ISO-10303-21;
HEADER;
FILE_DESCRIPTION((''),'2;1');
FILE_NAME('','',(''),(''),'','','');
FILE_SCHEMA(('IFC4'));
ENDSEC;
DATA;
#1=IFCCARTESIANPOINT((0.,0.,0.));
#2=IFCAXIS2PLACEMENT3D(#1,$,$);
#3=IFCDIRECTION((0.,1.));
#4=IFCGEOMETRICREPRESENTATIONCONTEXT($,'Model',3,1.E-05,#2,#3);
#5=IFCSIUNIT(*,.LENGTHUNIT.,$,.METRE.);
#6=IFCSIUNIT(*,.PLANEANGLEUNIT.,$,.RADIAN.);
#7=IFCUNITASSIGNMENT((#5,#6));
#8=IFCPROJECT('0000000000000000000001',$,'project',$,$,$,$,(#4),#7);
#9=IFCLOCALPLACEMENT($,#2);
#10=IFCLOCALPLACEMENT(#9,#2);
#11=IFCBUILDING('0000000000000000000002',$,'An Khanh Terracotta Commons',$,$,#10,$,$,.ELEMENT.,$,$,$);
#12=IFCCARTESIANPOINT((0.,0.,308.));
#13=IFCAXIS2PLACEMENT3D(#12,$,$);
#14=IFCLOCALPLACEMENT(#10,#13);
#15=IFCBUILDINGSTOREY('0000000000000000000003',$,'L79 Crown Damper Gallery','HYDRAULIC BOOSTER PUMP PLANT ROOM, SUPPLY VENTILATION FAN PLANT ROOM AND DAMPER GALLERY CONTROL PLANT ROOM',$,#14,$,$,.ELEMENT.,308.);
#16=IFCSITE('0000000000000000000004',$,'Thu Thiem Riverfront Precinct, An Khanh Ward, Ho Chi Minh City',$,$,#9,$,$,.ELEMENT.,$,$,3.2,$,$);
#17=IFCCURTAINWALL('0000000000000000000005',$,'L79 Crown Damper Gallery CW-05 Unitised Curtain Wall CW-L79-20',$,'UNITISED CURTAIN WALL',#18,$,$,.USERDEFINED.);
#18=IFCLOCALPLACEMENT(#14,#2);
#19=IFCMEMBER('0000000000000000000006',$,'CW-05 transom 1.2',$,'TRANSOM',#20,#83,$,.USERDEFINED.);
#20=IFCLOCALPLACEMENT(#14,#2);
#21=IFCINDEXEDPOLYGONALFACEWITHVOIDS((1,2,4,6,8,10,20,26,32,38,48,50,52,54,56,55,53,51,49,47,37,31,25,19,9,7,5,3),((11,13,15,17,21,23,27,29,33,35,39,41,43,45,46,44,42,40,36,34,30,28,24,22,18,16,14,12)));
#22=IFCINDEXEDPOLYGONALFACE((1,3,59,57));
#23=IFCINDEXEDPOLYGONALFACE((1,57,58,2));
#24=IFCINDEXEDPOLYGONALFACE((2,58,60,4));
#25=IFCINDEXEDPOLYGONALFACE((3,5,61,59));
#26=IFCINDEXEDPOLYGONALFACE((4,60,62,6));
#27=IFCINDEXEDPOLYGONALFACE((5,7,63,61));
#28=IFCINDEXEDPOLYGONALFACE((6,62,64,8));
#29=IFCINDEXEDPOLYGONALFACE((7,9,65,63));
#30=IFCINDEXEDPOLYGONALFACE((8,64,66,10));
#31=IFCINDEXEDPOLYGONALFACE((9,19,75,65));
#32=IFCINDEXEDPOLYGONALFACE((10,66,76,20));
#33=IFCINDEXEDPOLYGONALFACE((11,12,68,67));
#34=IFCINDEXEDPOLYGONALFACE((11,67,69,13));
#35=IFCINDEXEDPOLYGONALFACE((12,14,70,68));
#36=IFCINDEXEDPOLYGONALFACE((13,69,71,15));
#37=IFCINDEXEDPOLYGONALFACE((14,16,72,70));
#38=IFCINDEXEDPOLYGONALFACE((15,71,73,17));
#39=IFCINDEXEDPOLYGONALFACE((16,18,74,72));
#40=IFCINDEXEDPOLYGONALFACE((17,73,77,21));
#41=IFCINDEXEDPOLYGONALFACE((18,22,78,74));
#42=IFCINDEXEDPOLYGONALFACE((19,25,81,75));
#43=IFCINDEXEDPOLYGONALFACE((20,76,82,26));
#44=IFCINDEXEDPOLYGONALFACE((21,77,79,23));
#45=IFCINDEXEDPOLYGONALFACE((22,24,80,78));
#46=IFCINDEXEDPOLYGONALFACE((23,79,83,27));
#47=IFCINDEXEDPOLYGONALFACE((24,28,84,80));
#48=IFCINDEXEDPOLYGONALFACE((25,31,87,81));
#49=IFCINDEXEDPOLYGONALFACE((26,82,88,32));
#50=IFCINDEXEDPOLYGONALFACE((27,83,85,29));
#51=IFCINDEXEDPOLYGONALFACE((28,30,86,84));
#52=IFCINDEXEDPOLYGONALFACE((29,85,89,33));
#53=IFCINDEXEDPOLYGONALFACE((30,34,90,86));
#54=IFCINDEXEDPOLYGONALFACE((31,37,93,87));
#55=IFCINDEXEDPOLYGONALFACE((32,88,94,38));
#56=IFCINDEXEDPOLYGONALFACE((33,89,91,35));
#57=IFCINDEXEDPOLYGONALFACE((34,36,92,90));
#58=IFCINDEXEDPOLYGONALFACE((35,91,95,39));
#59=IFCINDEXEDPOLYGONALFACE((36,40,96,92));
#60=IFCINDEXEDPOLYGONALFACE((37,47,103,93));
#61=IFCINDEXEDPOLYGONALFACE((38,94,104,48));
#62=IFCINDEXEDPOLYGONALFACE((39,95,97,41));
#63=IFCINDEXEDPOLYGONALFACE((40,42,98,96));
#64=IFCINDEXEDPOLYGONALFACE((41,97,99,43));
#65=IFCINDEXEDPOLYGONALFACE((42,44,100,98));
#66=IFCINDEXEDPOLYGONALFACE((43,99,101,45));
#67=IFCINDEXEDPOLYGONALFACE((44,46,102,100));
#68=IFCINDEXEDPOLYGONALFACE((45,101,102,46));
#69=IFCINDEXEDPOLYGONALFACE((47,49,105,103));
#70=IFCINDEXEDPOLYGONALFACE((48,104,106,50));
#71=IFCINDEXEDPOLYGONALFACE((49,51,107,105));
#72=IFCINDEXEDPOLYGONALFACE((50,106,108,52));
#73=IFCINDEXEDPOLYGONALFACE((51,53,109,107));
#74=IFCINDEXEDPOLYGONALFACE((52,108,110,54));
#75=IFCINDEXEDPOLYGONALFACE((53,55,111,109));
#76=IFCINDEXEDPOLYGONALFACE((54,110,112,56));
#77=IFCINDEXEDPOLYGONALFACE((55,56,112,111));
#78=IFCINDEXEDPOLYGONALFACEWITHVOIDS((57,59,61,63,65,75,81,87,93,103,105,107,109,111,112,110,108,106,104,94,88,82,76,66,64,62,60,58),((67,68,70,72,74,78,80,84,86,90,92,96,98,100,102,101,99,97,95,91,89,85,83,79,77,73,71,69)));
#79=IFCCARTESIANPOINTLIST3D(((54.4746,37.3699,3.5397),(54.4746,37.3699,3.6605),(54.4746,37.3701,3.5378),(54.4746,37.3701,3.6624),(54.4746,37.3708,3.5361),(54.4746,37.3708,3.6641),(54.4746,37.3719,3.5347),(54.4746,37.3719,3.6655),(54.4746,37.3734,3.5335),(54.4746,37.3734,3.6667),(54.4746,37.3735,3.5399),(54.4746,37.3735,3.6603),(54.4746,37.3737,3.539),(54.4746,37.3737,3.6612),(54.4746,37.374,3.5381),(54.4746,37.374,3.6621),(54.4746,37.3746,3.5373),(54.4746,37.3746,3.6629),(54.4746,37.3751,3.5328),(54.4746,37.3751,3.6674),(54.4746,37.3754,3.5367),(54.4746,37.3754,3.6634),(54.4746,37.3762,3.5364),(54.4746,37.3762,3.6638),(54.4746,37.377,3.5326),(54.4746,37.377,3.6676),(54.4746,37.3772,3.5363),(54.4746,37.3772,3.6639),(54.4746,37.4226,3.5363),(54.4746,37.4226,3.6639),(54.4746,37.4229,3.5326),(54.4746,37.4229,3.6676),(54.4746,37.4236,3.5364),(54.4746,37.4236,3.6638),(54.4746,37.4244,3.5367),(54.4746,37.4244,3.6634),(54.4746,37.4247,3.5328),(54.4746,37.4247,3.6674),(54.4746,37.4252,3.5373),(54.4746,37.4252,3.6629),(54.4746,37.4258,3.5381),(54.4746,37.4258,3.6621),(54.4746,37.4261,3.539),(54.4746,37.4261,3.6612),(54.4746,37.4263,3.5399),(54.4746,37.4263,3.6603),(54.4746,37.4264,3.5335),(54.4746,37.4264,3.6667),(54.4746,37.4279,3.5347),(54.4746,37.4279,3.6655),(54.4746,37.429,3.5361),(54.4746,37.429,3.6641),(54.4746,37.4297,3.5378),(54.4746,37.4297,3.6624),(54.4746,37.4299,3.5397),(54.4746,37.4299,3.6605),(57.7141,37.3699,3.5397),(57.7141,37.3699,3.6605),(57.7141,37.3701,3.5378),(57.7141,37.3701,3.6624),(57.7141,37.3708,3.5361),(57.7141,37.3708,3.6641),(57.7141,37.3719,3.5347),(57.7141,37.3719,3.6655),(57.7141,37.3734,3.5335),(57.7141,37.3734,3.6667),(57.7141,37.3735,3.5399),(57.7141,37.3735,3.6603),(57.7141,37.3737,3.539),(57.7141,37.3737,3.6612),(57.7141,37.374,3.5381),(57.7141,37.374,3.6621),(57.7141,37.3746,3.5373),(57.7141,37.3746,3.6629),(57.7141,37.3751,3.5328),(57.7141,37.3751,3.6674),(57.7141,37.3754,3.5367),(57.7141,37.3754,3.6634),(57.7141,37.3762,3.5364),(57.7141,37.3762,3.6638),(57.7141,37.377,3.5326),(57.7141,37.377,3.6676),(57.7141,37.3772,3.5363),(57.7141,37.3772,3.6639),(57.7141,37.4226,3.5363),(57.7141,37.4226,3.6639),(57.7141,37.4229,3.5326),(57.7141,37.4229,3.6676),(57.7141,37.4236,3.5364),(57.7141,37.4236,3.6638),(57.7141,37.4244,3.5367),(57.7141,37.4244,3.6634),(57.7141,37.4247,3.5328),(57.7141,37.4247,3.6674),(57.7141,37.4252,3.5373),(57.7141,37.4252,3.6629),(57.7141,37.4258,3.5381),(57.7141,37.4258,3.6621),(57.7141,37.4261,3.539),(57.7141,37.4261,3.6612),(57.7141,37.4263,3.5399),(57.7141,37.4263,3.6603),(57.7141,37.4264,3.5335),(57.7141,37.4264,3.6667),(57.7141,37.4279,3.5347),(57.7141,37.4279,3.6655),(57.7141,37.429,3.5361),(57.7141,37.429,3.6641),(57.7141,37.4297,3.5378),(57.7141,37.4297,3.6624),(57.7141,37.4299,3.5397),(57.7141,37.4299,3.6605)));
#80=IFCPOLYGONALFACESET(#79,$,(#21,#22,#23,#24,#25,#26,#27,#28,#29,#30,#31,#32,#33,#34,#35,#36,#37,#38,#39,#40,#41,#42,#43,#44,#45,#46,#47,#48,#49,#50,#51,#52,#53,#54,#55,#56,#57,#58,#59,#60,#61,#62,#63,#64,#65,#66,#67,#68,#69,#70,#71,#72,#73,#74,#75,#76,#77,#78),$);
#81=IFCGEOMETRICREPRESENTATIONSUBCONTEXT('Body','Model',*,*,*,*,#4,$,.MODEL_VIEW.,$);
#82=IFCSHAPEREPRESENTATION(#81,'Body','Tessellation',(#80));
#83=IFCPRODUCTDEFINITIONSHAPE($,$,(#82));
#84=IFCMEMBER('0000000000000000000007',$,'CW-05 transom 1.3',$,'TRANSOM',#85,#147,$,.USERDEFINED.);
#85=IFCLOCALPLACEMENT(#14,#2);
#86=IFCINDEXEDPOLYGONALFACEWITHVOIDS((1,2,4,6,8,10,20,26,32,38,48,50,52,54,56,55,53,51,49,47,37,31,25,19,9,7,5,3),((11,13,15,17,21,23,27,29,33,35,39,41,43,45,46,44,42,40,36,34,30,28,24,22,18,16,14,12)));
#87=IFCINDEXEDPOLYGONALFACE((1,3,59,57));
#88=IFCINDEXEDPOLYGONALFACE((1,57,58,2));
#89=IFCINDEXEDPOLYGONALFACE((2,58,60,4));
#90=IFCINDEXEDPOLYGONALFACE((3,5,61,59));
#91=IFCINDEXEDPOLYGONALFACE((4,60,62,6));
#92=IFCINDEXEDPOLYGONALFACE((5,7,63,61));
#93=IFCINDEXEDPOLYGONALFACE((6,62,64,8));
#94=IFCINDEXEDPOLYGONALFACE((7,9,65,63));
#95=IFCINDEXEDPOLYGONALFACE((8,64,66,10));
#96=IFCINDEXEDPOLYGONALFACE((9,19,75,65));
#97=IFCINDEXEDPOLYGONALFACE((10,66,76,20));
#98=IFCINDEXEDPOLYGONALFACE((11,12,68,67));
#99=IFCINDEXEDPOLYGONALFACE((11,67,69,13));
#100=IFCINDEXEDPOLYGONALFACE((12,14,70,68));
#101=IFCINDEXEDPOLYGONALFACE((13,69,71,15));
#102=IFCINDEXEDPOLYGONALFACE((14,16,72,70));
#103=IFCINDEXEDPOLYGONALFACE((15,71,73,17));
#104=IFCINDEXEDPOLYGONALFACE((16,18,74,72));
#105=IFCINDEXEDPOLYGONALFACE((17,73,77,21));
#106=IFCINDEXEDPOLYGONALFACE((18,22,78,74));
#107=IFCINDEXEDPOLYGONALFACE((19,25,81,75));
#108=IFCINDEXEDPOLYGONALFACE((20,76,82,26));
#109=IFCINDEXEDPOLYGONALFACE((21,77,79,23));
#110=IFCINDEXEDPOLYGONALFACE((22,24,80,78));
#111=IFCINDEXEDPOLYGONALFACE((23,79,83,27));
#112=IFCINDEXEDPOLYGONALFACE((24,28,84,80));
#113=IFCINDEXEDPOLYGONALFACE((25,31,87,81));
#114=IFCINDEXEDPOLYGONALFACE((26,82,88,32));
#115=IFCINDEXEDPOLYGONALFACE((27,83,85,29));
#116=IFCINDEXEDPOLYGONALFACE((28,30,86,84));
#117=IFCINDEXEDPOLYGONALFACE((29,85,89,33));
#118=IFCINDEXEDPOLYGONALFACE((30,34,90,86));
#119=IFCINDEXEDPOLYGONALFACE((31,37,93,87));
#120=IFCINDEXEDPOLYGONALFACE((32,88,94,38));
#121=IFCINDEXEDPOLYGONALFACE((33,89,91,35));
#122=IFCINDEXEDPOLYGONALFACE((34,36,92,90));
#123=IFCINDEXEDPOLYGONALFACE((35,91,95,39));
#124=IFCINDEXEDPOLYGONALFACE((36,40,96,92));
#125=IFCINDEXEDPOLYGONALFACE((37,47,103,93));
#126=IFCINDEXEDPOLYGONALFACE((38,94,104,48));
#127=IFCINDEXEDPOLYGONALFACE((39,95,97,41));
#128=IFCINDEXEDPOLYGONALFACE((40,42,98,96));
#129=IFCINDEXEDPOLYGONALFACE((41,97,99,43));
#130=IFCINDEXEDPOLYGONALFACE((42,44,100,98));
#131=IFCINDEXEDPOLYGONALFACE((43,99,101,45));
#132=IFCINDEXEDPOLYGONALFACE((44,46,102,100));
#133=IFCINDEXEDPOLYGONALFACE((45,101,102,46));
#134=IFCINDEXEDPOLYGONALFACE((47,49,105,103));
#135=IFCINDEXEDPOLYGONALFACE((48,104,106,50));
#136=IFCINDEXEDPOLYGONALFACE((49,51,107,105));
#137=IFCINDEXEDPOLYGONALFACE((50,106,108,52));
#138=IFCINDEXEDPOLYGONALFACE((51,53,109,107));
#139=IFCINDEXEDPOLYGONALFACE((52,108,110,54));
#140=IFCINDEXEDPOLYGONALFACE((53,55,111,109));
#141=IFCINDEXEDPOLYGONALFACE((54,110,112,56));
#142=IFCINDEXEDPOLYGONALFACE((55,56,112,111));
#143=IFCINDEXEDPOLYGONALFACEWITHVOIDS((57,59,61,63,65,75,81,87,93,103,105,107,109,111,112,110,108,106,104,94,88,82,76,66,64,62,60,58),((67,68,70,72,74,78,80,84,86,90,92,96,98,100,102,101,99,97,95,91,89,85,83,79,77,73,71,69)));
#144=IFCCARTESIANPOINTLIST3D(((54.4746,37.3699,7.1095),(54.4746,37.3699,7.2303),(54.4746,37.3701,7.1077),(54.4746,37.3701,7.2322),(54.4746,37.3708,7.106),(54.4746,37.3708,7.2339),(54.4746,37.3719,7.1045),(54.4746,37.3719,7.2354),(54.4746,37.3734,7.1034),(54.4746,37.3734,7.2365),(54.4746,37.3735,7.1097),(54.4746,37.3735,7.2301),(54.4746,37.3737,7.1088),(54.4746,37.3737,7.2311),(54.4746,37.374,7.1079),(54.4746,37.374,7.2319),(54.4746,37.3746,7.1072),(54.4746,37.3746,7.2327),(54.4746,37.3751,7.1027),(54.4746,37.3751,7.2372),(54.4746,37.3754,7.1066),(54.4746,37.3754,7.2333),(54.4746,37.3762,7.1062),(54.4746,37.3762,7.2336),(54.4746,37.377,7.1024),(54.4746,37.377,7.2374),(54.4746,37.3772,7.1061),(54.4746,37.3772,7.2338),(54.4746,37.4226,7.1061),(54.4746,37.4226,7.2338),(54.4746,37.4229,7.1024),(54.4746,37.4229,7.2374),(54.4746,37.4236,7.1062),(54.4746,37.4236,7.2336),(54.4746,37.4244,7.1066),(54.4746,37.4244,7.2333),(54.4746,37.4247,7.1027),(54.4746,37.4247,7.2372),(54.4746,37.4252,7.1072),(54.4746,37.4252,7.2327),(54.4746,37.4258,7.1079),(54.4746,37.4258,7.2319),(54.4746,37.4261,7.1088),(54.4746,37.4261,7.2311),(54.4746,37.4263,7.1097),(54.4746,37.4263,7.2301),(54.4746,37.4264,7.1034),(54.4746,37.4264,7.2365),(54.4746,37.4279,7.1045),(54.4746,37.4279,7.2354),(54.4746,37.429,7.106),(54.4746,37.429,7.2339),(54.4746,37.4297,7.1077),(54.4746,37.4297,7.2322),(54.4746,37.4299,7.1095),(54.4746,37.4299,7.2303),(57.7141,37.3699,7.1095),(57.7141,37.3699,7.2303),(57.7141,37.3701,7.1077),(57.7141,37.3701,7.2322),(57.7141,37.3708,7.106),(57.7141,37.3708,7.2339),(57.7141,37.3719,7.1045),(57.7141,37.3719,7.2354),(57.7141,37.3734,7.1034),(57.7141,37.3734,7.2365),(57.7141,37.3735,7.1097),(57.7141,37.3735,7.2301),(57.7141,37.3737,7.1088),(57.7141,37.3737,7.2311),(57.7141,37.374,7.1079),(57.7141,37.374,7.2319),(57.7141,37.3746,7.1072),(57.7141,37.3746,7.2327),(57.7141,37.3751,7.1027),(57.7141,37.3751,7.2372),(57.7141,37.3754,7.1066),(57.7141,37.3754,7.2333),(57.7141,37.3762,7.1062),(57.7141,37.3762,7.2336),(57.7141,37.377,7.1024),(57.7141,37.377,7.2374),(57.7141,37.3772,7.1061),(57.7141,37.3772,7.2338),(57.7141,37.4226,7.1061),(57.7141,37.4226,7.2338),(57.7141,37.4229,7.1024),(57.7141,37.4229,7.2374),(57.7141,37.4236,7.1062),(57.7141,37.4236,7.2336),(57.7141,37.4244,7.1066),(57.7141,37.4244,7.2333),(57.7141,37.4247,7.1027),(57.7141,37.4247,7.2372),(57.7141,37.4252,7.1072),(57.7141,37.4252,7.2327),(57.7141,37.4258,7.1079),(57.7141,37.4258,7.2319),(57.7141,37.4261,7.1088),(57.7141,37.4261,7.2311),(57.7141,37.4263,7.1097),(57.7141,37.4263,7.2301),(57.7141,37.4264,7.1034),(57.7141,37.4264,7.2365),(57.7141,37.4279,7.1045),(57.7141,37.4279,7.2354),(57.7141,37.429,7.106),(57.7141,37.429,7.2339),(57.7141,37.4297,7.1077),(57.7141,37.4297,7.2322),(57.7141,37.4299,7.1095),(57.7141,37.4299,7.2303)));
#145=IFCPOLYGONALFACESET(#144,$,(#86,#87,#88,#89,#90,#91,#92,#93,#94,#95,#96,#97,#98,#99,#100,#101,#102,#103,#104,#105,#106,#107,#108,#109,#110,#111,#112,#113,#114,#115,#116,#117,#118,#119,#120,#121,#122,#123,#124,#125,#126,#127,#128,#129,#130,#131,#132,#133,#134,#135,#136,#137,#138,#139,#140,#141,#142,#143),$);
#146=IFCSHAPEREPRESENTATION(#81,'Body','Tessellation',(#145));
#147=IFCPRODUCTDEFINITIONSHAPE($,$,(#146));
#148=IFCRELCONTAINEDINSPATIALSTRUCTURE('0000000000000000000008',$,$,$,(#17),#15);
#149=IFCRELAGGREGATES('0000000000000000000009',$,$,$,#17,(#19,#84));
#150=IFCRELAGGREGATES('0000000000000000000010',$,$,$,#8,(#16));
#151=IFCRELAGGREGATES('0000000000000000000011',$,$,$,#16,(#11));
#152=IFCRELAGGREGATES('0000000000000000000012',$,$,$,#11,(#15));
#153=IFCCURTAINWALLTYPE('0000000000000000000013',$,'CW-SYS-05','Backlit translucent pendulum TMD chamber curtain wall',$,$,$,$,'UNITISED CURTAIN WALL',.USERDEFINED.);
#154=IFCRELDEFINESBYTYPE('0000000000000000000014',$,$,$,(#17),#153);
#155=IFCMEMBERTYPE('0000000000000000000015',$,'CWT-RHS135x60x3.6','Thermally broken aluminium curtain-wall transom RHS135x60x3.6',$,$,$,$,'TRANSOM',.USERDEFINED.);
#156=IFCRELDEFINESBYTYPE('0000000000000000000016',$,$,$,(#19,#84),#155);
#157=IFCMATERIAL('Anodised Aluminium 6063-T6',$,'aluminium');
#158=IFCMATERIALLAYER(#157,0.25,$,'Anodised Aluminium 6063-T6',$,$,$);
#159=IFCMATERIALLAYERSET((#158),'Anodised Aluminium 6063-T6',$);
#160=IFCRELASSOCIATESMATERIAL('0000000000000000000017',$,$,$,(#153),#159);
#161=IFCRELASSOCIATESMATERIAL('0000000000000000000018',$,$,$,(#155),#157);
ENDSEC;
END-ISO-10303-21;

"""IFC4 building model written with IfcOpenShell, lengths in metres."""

from ifc_helpers import new_model, si_unit, direction, frame, origin, origin_2d, place, context, subcontext, project, spatial, hollow_rectangle, extrude, material, layer, layer_set, material_profile, profile_set, type_object, element, aggregate, save


model = new_model("IFC4")

# Units and contexts
model_context = context("Model", 3, precision=1e-05, world=origin(), true_north=direction((0.0, 1.0)))
body_context = subcontext(model_context, "Body", "Model", "MODEL_VIEW")
ifc_project = project(units=[si_unit("LENGTHUNIT", "METRE"), si_unit("PLANEANGLEUNIT", "RADIAN")], contexts=[model_context])

# Site, building, storey
site_placement = place(None, origin())
site = spatial("IfcSite", under=ifc_project, at=site_placement, Name="Thu Thiem Riverfront Precinct, An Khanh Ward, Ho Chi Minh City", CompositionType="ELEMENT", RefElevation=3.2)
building_placement = place(site_placement, origin())
building = spatial("IfcBuilding", under=site, at=building_placement, Name="An Khanh Terracotta Commons", CompositionType="ELEMENT")
storey_placement = place(building_placement, frame((0.0, 0.0, 308.0)))
storey = spatial("IfcBuildingStorey", under=building, at=storey_placement, Name="L79 Crown Damper Gallery", Description="HYDRAULIC BOOSTER PUMP PLANT ROOM, SUPPLY VENTILATION FAN PLANT ROOM AND DAMPER GALLERY CONTROL PLANT ROOM", CompositionType="ELEMENT", Elevation=308.0)

# Curtain wall, members
ifc_material_1 = material(Name="Anodised Aluminium 6063-T6", Category="aluminium")
ifc_layer_1 = layer(ifc_material_1, 0.25, Name="Anodised Aluminium 6063-T6")
ifc_layer_set_1 = layer_set([ifc_layer_1], Name="Anodised Aluminium 6063-T6")
curtain_wall_type = type_object("IfcCurtainWallType", Name="CW-SYS-05", Description="Backlit translucent pendulum TMD chamber curtain wall", ElementType="UNITISED CURTAIN WALL", PredefinedType="USERDEFINED", material=ifc_layer_set_1)
curtain_wall_placement = place(storey_placement, origin())
curtain_wall = element("IfcCurtainWall", 1, at=curtain_wall_placement, inside=storey, type_object=curtain_wall_type, Name="L79 Crown Damper Gallery CW-05 Unitised Curtain Wall CW-L79-20", ObjectType="UNITISED CURTAIN WALL", PredefinedType="USERDEFINED")
ifc_material_profile_1 = material_profile(ifc_material_1, hollow_rectangle(XDim=0.0601, YDim=0.135, WallThickness=0.0037, InnerFilletRadius=0.0037, OuterFilletRadius=0.0071, at=origin_2d()), Name="RHS135x60x3.6")
ifc_profile_set_1 = profile_set([ifc_material_profile_1], Name="Anodised Aluminium 6063-T6")
member_type_1 = type_object("IfcMemberType", Name="CWT-RHS135x60x3.6", Description="Thermally broken aluminium curtain-wall transom RHS135x60x3.6", ElementType="TRANSOM", PredefinedType="USERDEFINED", material=ifc_profile_set_1)
member_1_placement = place(storey_placement, frame((57.7141, 37.3999, 3.6001), z_axis=(-1.0, 0.0, 0.0), x_axis=(0.0, -1.0, 0.0)))
member_1 = element("IfcMember", 2, at=member_1_placement, type_object=member_type_1, Name="CW-05 transom 1.2", ObjectType="TRANSOM", PredefinedType="USERDEFINED", context=body_context, shape_type="SweptSolid", body=[
    extrude(hollow_rectangle(XDim=0.0601, YDim=0.135, WallThickness=0.0037, InnerFilletRadius=0.0037, OuterFilletRadius=0.0071, at=origin_2d()), origin(), (0.0, 0.0, 1.0), 3.2395),
])
member_2_placement = place(storey_placement, frame((57.7141, 37.3999, 7.1699), z_axis=(-1.0, 0.0, 0.0), x_axis=(0.0, -1.0, 0.0)))
member_2 = element("IfcMember", 3, at=member_2_placement, type_object=member_type_1, Name="CW-05 transom 1.3", ObjectType="TRANSOM", PredefinedType="USERDEFINED", context=body_context, shape_type="SweptSolid", body=[
    extrude(hollow_rectangle(XDim=0.0601, YDim=0.135, WallThickness=0.0037, InnerFilletRadius=0.0037, OuterFilletRadius=0.0071, at=origin_2d()), origin(), (0.0, 0.0, 1.0), 3.2395),
])
aggregate(curtain_wall, [member_1, member_2])

save(model, "model.ifc")
